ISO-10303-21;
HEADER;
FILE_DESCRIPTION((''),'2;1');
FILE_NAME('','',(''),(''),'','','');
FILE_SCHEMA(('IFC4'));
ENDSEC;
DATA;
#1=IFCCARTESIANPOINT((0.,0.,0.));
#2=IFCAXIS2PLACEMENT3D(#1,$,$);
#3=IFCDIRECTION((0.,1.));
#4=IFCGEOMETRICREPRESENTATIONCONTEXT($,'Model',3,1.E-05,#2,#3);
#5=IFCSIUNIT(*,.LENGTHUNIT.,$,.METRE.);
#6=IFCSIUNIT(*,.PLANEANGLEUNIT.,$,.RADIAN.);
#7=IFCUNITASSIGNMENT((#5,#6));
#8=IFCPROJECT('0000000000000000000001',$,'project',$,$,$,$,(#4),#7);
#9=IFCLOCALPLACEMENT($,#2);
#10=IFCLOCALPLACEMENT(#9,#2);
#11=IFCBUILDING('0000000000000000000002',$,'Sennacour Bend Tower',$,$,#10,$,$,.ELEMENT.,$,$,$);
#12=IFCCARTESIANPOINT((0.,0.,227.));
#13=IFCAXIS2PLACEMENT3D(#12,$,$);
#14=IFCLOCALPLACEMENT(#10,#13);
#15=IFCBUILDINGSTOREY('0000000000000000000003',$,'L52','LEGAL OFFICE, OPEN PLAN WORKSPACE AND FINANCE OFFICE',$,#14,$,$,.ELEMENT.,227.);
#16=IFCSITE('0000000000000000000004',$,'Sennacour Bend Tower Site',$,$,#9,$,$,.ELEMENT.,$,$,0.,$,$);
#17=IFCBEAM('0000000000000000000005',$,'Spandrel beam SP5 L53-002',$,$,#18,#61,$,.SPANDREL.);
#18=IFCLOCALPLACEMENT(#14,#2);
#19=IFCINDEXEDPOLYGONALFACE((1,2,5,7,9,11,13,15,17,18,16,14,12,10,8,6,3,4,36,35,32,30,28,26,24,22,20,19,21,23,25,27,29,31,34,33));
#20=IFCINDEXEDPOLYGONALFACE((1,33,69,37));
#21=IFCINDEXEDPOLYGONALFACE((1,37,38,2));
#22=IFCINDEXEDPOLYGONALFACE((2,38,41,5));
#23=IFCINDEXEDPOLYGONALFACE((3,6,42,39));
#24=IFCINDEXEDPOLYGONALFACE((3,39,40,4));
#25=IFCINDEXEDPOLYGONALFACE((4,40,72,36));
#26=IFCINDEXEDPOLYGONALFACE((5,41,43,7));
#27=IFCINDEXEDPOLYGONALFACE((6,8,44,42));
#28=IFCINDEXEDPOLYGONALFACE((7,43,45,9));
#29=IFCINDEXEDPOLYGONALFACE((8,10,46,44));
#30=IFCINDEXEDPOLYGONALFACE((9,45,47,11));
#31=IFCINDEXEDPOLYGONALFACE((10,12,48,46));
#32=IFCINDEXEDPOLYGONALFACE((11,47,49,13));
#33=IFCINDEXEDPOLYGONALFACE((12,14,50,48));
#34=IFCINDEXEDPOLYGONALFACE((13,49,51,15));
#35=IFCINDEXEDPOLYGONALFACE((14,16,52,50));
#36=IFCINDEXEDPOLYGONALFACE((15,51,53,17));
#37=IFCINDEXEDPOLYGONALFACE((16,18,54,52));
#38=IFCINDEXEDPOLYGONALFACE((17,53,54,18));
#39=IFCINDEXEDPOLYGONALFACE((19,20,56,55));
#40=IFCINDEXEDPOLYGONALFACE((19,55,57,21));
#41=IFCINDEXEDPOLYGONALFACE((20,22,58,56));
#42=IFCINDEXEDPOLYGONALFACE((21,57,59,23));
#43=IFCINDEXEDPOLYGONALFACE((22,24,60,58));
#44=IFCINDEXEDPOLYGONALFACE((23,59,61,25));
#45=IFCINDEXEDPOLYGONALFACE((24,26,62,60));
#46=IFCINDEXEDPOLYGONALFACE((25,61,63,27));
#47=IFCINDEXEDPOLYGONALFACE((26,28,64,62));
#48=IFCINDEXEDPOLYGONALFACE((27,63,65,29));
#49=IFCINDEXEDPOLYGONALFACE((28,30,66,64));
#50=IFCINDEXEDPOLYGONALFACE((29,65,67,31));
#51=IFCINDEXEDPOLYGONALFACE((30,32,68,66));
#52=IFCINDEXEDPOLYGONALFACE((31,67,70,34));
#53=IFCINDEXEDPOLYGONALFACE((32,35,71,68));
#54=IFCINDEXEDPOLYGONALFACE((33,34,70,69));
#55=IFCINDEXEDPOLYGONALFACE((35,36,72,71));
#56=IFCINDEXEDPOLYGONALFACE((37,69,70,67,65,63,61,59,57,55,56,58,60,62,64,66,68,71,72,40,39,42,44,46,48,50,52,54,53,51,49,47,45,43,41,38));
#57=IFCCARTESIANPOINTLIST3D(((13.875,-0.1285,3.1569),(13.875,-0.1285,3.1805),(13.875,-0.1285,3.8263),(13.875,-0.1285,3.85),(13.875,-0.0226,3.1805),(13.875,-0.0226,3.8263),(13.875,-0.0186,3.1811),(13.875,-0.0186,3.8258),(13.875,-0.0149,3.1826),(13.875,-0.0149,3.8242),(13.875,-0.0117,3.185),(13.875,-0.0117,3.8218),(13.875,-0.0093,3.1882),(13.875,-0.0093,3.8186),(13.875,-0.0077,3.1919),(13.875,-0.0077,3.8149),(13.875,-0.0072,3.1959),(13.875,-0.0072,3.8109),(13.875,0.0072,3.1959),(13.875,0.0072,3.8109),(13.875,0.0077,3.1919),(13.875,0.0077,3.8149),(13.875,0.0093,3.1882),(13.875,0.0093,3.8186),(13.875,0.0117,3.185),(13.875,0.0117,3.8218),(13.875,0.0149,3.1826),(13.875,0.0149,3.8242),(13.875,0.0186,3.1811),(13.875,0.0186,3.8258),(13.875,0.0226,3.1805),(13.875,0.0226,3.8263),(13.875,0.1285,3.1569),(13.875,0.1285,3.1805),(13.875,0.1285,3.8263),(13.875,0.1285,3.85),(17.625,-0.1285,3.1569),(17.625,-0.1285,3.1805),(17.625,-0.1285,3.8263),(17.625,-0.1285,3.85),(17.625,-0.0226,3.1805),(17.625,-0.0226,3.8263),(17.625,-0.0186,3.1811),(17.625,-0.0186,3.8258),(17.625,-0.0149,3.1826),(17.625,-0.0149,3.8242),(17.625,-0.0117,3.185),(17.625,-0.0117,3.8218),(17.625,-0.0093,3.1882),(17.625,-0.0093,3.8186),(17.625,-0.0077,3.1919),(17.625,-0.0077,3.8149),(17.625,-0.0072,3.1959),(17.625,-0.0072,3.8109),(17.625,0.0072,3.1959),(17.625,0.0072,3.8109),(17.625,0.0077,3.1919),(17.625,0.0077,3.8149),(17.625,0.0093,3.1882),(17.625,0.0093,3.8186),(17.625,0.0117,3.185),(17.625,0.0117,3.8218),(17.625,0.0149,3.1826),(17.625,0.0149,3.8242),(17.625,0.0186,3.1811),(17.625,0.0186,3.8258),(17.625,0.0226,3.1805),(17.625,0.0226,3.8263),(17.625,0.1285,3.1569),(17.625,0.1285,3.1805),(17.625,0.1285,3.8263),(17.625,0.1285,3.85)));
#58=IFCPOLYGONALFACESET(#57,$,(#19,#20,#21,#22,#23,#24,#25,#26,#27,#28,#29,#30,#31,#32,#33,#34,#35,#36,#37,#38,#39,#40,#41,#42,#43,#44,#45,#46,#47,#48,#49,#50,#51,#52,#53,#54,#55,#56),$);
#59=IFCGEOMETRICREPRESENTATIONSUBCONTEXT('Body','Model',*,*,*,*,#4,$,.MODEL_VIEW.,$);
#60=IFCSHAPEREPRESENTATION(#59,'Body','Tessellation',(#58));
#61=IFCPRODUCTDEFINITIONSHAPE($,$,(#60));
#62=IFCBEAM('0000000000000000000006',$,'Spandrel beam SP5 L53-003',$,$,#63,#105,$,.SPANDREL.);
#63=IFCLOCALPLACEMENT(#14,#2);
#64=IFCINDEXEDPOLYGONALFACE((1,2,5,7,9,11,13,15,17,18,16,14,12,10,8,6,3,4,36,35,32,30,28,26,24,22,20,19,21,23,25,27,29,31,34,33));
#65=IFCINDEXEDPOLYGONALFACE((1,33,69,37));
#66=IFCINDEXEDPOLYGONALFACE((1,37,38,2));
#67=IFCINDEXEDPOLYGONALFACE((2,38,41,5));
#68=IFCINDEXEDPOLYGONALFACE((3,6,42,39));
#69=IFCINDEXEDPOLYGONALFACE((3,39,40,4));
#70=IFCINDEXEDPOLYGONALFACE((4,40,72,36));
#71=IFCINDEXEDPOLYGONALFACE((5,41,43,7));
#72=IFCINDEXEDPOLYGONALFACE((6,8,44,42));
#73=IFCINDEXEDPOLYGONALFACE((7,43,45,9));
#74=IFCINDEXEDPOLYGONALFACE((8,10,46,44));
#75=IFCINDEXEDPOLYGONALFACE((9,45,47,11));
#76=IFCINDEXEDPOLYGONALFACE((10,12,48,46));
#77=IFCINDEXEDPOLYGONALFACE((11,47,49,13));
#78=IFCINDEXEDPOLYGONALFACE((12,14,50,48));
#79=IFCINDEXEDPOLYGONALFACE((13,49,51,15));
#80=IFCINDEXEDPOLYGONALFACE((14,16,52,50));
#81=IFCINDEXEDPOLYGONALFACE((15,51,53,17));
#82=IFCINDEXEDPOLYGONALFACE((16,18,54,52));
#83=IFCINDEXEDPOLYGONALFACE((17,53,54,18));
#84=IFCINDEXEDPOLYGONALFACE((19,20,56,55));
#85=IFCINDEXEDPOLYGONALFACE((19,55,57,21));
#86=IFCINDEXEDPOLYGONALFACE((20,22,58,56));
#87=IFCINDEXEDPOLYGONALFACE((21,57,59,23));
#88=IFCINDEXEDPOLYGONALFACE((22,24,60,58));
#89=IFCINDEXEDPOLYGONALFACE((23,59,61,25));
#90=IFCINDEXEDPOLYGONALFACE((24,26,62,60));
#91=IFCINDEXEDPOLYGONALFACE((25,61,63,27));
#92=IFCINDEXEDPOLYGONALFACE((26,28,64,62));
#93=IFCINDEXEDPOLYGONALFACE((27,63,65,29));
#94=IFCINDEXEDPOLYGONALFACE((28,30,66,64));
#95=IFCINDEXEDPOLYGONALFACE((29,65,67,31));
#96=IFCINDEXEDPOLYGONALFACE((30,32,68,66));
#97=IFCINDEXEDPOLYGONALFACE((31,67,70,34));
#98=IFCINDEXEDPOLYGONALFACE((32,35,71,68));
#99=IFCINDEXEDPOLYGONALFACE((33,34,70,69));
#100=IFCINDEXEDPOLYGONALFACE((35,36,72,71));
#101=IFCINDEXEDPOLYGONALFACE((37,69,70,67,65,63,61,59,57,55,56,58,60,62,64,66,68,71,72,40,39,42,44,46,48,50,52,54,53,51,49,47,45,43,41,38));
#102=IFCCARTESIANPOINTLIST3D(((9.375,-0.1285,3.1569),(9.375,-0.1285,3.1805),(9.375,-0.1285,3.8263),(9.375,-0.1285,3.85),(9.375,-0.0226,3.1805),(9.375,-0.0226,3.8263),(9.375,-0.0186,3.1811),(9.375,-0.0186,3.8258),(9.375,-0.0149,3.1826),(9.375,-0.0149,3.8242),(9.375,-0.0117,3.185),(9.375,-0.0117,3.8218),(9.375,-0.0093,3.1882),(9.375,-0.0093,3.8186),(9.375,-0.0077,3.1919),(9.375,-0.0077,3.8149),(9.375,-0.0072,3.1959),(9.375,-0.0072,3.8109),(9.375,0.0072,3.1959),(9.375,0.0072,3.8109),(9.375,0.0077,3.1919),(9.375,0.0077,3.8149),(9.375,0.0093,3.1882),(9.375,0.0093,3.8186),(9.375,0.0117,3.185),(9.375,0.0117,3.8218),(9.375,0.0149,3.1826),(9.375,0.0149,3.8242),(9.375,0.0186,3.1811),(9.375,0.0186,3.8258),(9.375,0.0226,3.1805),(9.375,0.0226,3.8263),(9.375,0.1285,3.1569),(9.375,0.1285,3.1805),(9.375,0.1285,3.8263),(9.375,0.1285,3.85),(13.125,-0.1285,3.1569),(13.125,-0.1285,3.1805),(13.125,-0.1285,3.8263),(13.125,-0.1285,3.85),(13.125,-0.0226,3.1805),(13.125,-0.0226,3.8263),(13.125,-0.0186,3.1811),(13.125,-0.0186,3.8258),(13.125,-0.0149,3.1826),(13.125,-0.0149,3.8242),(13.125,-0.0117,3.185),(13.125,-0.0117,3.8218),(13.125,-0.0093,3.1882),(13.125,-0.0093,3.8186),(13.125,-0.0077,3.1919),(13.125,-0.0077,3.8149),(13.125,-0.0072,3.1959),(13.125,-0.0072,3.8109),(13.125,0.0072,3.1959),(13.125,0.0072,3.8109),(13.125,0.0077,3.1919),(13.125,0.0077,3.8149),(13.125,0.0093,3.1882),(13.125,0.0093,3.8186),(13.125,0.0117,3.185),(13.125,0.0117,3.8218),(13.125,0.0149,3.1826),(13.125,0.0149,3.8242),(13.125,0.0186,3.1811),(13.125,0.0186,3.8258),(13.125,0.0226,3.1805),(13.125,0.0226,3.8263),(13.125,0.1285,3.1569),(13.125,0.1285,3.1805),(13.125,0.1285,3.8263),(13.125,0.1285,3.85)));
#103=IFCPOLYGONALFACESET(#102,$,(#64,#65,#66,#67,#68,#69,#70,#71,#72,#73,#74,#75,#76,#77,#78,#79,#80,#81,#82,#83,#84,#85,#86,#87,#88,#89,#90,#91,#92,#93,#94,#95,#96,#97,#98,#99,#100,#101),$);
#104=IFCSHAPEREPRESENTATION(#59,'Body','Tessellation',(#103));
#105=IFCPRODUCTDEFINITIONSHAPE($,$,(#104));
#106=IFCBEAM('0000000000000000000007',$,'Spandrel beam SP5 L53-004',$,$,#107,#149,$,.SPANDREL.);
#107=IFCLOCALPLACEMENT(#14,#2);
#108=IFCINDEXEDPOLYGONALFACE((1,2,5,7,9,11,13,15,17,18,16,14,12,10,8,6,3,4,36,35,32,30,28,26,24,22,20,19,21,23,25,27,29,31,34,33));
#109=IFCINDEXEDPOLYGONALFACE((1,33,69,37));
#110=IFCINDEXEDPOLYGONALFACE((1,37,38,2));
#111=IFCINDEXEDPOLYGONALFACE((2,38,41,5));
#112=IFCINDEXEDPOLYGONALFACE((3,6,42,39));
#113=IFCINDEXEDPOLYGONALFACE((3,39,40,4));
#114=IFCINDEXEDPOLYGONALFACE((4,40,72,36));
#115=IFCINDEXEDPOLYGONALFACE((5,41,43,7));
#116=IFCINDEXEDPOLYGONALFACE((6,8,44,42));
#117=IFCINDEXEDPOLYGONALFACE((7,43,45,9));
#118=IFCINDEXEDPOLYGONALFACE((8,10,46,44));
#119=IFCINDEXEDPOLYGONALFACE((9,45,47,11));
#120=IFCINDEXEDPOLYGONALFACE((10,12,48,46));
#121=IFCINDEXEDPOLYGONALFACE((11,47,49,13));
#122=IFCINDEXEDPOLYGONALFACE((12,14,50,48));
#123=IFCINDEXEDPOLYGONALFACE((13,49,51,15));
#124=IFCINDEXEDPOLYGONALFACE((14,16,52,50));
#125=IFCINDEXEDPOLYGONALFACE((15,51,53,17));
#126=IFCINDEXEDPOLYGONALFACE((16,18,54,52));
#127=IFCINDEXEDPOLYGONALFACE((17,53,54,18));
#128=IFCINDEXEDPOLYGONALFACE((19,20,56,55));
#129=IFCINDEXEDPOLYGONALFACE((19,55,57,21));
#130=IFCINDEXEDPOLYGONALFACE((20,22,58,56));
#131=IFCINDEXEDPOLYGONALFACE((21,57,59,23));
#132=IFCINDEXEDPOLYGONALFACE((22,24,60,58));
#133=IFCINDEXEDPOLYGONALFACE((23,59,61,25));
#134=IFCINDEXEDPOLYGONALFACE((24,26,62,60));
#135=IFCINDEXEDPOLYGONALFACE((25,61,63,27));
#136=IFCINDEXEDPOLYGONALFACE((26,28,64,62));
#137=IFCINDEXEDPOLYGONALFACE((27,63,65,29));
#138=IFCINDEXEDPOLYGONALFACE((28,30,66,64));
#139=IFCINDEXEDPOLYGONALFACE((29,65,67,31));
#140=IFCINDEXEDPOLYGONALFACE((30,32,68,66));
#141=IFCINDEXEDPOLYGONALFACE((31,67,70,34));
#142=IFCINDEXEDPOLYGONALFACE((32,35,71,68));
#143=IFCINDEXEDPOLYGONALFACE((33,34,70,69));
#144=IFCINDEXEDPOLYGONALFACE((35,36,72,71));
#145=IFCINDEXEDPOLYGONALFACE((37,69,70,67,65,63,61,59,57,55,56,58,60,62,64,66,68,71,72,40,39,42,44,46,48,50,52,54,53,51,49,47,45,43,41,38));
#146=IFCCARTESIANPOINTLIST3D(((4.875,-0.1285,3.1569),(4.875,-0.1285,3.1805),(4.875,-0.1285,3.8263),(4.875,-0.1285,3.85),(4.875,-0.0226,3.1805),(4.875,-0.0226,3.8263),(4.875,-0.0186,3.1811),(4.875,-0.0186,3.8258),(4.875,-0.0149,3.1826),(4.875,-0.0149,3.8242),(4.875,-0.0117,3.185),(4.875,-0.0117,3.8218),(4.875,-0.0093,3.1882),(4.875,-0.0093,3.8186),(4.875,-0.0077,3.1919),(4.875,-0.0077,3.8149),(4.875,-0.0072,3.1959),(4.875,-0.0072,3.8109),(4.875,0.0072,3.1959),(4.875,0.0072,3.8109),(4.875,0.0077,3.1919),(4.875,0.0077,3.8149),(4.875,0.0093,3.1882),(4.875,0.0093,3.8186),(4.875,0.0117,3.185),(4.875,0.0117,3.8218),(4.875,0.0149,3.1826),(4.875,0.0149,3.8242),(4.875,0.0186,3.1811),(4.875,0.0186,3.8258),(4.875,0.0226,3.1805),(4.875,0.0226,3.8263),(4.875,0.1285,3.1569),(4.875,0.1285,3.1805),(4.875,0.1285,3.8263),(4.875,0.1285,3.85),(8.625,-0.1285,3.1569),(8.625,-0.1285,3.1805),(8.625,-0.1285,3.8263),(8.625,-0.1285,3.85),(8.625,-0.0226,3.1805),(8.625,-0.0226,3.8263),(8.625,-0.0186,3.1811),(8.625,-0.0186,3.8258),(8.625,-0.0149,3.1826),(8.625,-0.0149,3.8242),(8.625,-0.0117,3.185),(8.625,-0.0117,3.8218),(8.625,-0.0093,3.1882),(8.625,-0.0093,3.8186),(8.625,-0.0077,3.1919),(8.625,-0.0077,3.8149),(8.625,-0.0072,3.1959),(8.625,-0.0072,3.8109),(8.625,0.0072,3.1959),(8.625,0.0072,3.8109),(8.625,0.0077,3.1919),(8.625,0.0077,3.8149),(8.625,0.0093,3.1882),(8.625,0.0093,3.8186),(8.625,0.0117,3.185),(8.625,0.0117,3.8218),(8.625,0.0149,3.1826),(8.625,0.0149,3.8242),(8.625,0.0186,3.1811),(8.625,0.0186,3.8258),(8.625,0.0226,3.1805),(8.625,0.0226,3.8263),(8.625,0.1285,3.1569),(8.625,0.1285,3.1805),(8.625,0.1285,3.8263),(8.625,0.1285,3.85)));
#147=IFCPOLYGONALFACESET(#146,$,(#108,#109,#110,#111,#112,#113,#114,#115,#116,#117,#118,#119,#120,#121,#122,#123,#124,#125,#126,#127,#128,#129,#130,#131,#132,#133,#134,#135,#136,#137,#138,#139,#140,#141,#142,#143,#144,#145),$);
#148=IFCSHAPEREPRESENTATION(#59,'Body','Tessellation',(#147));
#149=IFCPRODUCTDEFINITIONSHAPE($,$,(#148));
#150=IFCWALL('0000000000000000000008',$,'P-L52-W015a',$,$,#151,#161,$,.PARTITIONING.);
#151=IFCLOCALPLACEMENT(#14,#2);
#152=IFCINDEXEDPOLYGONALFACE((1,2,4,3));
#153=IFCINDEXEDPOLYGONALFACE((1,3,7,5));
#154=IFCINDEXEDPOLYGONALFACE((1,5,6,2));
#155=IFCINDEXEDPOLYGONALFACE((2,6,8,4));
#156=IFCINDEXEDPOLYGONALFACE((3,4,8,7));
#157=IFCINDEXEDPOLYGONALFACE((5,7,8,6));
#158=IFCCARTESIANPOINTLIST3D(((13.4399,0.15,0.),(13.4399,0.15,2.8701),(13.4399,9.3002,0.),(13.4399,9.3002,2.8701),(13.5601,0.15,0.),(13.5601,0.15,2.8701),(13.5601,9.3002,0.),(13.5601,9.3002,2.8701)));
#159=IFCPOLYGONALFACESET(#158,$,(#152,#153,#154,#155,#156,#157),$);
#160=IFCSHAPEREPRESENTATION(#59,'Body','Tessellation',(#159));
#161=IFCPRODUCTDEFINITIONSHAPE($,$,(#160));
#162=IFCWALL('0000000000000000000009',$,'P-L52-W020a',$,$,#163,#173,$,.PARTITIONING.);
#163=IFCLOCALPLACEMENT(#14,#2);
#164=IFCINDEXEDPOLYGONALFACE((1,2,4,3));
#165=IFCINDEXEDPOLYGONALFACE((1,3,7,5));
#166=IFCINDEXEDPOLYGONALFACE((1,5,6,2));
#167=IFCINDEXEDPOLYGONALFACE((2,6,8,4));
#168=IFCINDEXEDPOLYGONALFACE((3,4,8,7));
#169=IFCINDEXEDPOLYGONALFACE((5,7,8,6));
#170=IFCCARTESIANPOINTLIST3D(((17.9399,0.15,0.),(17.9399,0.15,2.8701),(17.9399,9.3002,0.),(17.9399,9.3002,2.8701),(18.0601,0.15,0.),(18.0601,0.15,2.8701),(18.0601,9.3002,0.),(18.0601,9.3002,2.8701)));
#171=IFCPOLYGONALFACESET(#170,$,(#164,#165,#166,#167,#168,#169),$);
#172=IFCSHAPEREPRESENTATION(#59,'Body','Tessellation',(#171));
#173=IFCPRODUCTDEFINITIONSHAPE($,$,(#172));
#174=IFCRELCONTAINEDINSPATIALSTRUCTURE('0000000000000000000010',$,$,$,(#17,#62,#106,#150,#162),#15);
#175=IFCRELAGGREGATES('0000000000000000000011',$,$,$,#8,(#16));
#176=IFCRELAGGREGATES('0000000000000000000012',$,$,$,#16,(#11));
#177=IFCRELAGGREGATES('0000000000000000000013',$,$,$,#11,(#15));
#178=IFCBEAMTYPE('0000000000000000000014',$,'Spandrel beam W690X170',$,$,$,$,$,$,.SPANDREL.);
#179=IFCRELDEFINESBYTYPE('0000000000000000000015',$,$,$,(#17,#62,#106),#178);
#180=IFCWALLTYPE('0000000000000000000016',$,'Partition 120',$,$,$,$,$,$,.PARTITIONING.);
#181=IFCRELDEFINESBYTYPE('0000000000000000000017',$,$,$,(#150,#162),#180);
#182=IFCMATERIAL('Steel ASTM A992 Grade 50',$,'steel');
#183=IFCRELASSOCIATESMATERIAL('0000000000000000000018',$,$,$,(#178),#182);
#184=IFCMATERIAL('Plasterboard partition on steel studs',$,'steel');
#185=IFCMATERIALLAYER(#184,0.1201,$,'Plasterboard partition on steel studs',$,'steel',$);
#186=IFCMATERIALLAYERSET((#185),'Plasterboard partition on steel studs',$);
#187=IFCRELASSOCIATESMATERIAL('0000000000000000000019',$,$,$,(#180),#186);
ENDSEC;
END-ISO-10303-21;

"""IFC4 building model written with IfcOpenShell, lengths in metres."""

from ifc_helpers import new_model, si_unit, direction, frame, frame_2d, origin, origin_2d, place, context, subcontext, project, spatial, rectangle, i_section, extrude, material, layer, layer_set, material_profile, profile_set, type_object, element, save


model = new_model("IFC4")

# Units and contexts
model_context = context("Model", 3, precision=1e-05, world=origin(), true_north=direction((0.0, 1.0)))
body_context = subcontext(model_context, "Body", "Model", "MODEL_VIEW")
ifc_project = project(units=[si_unit("LENGTHUNIT", "METRE"), si_unit("PLANEANGLEUNIT", "RADIAN")], contexts=[model_context])

# Site, building, storey
site_placement = place(None, origin())
site = spatial("IfcSite", under=ifc_project, at=site_placement, Name="Sennacour Bend Tower Site", CompositionType="ELEMENT", RefElevation=0.0)
building_placement = place(site_placement, origin())
building = spatial("IfcBuilding", under=site, at=building_placement, Name="Sennacour Bend Tower", CompositionType="ELEMENT")
storey_placement = place(building_placement, frame((0.0, 0.0, 227.0)))
storey = spatial("IfcBuildingStorey", under=building, at=storey_placement, Name="L52", Description="LEGAL OFFICE, OPEN PLAN WORKSPACE AND FINANCE OFFICE", CompositionType="ELEMENT", Elevation=227.0)

# Beams
ifc_material_1 = material(Name="Steel ASTM A992 Grade 50", Category="steel")
ifc_material_profile_1 = material_profile(ifc_material_1, i_section(OverallWidth=0.2571, OverallDepth=0.6931, WebThickness=0.0144, FlangeThickness=0.0237, FilletRadius=0.0154, at=origin_2d()), Name="Steel ASTM A992 Grade 50", Category="steel")
ifc_profile_set_1 = profile_set([ifc_material_profile_1], Name="Steel ASTM A992 Grade 50")
beam_type_1 = type_object("IfcBeamType", Name="Spandrel beam W690X170", PredefinedType="SPANDREL", material=ifc_profile_set_1)
for number, where, z_axis, x_axis, name in (
    (1, (17.625, 0.0, 3.5034), (-1.0, 0.0, 0.0), (0.0, -1.0, 0.0), "Spandrel beam SP5 L53-002"),
    (2, (13.125, 0.0, 3.5034), (-1.0, 0.0, 0.0), (0.0, -1.0, 0.0), "Spandrel beam SP5 L53-003"),
    (3, (8.625, 0.0, 3.5034), (-1.0, 0.0, 0.0), (0.0, -1.0, 0.0), "Spandrel beam SP5 L53-004"),
):
    element("IfcBeam", number, at=place(storey_placement, frame(where, z_axis=z_axis, x_axis=x_axis)), inside=storey, type_object=beam_type_1, Name=name, PredefinedType="SPANDREL", context=body_context, shape_type="SweptSolid", body=[
        extrude(i_section(OverallWidth=0.2571, OverallDepth=0.6931, WebThickness=0.0144, FlangeThickness=0.0237, FilletRadius=0.0154, at=origin_2d()), origin(), (0.0, 0.0, 1.0), 3.75),
    ])

# Walls
ifc_material_2 = material(Name="Plasterboard partition on steel studs", Category="steel")
ifc_layer_1 = layer(ifc_material_2, 0.1201, Name="Plasterboard partition on steel studs", Category="steel")
ifc_layer_set_1 = layer_set([ifc_layer_1], Name="Plasterboard partition on steel studs")
wall_type_1 = type_object("IfcWallType", Name="Partition 120", PredefinedType="PARTITIONING", material=ifc_layer_set_1)
for number, where, z_axis, x_axis, name in (
    (4, (13.5, 0.1499, 0.0), (0.0, 0.0, 1.0), (0.0, 1.0, 0.0), "P-L52-W015a"),
    (5, (18.0, 0.1499, 0.0), (0.0, 0.0, 1.0), (0.0, 1.0, 0.0), "P-L52-W020a"),
):
    element("IfcWall", number, at=place(storey_placement, frame(where, z_axis=z_axis, x_axis=x_axis)), inside=storey, type_object=wall_type_1, Name=name, PredefinedType="PARTITIONING", context=body_context, shape_type="SweptSolid", body=[
        extrude(rectangle(XDim=9.1501, YDim=0.1201, at=frame_2d((4.5752, 0.0))), origin(), (0.0, 0.0, 1.0), 2.8701),
    ])

save(model, "model.ifc")
